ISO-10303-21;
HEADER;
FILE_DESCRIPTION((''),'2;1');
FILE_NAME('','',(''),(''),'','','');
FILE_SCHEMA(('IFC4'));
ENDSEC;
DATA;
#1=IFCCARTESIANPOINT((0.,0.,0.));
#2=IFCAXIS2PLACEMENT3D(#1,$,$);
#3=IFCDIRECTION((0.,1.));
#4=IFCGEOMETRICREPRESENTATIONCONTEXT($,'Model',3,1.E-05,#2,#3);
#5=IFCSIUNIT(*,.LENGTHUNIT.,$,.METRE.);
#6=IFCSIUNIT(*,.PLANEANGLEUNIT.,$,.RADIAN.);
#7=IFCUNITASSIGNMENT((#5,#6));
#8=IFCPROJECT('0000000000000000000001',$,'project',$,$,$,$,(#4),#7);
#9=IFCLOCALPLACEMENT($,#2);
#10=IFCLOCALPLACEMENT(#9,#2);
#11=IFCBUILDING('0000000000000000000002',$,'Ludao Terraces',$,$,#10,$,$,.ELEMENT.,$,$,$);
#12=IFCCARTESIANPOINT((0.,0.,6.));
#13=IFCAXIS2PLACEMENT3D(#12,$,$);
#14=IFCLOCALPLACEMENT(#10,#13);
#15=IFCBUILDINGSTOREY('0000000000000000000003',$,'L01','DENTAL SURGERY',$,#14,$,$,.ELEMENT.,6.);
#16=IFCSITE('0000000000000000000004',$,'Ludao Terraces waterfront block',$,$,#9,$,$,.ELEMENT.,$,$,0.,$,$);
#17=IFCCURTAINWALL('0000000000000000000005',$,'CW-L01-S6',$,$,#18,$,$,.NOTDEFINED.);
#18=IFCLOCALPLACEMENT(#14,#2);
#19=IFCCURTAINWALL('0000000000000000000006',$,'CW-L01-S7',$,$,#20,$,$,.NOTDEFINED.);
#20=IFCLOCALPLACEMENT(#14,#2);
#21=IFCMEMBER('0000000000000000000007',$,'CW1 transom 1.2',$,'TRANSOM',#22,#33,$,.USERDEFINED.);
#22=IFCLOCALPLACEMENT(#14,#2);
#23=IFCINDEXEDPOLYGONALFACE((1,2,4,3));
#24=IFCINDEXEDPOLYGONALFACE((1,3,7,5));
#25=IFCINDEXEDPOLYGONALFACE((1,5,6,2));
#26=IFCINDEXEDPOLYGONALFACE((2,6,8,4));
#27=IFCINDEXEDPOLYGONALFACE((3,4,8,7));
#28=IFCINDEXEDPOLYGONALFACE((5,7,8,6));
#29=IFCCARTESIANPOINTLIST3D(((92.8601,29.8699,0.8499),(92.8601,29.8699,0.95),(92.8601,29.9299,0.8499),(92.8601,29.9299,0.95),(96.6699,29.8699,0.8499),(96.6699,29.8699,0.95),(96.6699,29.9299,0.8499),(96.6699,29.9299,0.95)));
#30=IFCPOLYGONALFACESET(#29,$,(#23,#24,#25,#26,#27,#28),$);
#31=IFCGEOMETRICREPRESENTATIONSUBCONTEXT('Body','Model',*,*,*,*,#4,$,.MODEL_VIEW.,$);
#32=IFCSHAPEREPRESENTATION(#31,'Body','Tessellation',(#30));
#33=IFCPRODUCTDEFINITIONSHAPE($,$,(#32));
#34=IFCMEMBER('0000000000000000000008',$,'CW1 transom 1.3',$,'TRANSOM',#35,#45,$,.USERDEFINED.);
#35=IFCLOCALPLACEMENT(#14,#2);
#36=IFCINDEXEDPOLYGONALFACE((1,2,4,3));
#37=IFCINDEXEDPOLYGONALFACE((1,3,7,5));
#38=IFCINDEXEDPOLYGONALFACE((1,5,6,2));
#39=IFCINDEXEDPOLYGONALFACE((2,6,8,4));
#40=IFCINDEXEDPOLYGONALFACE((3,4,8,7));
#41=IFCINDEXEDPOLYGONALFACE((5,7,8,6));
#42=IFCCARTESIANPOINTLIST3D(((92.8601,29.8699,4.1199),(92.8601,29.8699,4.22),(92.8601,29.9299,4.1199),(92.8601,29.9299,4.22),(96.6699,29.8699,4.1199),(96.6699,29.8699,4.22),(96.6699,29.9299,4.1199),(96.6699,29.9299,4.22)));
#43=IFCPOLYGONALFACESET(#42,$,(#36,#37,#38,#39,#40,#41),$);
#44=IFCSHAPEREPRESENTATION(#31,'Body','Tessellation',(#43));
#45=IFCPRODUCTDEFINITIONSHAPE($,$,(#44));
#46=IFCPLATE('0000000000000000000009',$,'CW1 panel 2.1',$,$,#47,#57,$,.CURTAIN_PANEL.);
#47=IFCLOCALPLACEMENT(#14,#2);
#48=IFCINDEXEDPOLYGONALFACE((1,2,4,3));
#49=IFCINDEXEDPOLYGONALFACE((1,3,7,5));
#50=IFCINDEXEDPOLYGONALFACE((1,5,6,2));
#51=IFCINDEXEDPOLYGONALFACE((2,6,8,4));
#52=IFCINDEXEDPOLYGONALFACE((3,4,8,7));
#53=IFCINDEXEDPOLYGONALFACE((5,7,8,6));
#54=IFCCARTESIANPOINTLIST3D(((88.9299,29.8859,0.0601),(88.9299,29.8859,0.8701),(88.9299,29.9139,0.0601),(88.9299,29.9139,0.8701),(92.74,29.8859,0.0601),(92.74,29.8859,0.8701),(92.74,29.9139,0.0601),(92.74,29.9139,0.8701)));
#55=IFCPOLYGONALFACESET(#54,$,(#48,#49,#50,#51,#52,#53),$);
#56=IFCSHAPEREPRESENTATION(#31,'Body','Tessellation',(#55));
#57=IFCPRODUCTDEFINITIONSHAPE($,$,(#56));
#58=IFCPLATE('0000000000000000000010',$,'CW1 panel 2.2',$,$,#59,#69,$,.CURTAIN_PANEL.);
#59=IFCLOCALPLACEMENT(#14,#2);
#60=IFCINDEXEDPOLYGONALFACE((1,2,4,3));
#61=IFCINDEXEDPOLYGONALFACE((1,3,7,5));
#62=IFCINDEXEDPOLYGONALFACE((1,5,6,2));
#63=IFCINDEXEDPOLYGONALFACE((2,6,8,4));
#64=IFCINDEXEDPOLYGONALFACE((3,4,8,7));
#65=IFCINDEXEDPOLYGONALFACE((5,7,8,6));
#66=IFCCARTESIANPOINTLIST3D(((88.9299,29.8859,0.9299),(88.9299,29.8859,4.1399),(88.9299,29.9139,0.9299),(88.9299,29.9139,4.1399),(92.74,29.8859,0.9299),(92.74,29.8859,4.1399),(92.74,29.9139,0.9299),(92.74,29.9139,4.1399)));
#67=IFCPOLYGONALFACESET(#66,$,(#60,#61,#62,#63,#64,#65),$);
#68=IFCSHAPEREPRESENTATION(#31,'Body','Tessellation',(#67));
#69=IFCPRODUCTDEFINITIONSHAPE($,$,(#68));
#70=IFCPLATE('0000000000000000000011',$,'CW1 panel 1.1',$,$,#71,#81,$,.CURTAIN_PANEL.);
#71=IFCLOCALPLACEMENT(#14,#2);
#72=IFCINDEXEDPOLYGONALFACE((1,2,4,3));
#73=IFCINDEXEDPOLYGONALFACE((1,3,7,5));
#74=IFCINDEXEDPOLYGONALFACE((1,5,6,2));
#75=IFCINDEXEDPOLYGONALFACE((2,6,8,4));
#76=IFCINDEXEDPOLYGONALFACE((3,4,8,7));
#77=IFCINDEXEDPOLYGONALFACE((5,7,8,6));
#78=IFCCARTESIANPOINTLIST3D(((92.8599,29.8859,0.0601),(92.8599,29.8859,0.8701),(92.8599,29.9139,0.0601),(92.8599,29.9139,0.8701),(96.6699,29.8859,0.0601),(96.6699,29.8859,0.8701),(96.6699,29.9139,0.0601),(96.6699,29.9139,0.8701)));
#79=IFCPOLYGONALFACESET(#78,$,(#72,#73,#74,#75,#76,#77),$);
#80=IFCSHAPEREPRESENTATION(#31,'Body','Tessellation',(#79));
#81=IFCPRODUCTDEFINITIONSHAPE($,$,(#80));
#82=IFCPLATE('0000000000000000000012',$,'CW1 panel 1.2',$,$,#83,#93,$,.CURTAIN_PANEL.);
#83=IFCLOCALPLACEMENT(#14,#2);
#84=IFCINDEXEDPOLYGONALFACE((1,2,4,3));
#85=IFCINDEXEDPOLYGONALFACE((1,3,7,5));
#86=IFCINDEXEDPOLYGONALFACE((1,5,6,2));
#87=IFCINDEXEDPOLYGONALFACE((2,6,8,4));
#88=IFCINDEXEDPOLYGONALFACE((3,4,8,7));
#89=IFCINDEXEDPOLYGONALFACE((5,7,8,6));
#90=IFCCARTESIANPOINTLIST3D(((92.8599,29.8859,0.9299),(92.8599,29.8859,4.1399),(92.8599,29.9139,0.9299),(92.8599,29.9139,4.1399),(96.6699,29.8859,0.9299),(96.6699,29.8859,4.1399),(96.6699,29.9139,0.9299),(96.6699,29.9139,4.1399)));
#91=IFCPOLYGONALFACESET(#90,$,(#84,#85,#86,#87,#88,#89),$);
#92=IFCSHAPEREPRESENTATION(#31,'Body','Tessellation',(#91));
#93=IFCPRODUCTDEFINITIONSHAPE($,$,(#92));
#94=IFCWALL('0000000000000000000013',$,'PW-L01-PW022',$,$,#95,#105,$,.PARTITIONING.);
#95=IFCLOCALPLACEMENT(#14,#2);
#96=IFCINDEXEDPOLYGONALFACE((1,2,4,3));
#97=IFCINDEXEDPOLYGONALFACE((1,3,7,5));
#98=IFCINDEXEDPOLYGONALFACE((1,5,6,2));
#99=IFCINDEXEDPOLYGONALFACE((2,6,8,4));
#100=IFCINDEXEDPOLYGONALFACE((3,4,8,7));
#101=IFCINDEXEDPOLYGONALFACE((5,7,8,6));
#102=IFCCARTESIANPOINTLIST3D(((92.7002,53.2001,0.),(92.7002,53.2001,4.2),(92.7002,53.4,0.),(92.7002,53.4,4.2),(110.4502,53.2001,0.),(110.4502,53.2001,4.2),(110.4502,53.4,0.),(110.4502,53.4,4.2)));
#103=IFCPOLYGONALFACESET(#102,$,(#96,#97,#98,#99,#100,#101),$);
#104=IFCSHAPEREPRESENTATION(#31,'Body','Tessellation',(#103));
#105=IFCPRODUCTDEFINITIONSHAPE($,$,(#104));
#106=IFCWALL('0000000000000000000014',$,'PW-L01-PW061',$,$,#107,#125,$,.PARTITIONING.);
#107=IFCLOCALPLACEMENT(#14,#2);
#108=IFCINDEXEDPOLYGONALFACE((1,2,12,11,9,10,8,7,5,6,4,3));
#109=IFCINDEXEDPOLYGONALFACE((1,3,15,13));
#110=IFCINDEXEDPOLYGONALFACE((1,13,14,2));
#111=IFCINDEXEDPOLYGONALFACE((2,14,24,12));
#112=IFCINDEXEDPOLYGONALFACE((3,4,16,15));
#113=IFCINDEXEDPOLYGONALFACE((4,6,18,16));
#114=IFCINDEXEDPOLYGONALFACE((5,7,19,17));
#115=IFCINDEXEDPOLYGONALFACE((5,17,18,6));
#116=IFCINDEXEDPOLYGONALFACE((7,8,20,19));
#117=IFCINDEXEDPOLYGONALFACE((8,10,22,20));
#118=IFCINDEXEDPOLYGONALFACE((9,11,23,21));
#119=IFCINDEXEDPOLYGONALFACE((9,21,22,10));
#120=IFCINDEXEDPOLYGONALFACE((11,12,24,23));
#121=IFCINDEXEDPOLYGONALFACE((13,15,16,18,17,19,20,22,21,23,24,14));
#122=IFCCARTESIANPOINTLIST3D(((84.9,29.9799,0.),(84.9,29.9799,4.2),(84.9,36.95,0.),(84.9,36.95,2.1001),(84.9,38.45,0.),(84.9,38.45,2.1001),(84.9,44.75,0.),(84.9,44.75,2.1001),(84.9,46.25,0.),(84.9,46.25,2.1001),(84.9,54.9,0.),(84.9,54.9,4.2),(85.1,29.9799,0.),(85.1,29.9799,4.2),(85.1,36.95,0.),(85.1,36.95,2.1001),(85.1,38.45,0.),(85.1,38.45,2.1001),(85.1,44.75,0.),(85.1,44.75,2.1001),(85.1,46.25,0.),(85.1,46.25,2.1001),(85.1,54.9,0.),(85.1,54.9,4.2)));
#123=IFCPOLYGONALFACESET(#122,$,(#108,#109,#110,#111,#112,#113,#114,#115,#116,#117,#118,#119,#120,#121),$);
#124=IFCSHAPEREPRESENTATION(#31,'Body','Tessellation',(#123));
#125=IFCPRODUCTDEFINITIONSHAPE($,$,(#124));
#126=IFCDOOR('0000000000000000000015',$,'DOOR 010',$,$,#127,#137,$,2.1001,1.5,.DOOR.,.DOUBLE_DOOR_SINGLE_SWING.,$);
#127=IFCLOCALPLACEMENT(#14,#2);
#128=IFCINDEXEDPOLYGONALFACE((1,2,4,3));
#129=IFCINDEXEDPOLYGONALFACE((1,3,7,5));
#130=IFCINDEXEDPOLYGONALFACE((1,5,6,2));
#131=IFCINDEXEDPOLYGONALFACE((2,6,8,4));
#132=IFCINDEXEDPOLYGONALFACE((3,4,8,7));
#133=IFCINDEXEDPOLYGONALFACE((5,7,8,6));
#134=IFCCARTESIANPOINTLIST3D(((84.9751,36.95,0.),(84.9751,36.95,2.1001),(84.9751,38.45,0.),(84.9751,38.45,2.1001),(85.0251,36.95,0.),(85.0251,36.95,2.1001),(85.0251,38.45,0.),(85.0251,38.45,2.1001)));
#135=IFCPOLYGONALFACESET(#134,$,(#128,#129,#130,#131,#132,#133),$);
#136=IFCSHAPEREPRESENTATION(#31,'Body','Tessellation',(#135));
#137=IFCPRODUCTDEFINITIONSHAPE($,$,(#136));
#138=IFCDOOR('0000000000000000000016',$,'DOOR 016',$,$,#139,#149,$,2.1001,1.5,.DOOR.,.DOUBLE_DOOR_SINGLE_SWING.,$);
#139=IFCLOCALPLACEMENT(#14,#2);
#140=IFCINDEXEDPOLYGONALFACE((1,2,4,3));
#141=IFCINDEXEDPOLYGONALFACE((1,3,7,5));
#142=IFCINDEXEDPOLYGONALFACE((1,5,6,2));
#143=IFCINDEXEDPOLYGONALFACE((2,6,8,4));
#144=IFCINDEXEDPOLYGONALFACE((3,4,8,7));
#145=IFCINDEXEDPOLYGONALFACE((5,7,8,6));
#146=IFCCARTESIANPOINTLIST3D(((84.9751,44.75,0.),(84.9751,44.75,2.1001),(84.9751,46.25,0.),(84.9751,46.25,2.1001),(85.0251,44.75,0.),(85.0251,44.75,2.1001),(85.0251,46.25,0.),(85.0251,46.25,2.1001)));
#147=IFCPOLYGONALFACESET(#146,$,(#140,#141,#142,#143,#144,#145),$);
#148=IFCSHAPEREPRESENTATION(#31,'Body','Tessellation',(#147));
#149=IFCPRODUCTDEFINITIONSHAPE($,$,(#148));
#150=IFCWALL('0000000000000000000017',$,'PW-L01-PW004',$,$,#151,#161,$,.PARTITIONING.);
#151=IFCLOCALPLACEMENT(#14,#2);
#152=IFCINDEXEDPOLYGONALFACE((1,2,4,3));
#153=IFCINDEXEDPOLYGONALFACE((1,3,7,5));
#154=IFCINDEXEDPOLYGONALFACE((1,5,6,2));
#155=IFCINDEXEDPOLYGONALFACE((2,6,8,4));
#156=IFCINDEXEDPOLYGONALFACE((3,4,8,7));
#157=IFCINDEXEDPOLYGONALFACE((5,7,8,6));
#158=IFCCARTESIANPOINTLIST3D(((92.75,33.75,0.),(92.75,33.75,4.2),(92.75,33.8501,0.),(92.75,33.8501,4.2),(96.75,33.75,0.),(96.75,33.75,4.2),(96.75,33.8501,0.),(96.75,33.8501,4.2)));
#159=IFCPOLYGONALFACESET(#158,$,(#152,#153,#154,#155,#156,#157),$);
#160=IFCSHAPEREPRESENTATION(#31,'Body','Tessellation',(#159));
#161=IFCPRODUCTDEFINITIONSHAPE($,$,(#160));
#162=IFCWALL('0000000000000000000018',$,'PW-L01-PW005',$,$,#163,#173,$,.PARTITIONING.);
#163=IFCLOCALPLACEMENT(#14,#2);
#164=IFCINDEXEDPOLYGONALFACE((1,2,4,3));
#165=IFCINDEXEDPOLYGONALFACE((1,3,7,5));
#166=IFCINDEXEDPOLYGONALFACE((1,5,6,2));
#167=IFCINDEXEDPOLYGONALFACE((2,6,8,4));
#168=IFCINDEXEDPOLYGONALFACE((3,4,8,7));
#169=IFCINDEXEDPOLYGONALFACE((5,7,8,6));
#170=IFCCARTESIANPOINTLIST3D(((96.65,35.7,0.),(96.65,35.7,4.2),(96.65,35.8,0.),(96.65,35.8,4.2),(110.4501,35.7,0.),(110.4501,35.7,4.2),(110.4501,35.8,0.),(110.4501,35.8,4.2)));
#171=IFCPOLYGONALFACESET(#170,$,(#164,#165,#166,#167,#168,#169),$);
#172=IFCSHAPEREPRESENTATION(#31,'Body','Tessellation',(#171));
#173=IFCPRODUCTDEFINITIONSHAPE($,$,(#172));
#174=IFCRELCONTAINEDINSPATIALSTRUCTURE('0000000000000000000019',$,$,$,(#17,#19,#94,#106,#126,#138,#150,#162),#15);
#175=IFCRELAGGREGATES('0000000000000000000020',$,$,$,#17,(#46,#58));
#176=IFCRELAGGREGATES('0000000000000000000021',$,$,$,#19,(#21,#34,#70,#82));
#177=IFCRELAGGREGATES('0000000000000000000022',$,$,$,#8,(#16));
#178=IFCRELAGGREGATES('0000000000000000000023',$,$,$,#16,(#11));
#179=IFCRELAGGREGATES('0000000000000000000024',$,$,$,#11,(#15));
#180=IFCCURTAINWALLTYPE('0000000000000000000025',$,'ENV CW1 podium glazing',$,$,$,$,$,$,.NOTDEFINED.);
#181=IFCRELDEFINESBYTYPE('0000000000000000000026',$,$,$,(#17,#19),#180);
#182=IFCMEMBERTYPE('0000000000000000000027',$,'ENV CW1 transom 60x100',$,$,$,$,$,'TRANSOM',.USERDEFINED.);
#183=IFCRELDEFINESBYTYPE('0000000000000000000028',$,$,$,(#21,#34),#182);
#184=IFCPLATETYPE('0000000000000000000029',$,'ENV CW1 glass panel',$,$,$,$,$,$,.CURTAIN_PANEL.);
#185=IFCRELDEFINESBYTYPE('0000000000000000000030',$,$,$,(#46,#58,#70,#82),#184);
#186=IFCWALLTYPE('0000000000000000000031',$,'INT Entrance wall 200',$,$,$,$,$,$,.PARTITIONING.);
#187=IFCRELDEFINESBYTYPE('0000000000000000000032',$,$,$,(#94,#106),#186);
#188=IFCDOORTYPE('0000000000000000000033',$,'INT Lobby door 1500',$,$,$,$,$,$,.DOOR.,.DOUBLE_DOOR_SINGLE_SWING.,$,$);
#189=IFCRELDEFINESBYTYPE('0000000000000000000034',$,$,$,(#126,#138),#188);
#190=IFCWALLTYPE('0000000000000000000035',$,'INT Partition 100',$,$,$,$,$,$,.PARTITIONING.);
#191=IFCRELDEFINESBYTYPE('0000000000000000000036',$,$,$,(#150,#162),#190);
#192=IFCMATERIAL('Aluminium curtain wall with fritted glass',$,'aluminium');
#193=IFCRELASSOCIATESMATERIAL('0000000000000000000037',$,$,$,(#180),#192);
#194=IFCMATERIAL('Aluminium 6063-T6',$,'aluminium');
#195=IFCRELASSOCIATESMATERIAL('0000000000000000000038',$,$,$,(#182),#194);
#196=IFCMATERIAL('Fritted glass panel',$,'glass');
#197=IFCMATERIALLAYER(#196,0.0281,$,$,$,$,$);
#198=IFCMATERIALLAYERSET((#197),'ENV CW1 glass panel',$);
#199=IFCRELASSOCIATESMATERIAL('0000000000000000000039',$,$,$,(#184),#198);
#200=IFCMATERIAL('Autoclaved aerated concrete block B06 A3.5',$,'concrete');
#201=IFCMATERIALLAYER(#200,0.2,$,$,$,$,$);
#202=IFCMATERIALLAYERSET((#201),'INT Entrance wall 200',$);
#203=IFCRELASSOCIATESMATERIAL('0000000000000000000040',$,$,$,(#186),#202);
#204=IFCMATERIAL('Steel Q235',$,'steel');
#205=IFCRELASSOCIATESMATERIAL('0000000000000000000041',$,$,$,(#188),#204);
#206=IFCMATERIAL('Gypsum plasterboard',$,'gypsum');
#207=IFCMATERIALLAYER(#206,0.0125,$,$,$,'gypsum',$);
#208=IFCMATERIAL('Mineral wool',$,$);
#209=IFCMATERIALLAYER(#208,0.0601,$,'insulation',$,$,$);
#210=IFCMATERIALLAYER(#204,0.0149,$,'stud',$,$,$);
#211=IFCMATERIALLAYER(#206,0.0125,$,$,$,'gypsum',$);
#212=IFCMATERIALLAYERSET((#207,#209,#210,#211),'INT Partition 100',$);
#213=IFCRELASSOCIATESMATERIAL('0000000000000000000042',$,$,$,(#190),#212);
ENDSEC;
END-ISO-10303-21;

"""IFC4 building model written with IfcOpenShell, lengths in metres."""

from ifc_helpers import new_model, si_unit, direction, frame, frame_2d, origin, origin_2d, place, context, subcontext, project, spatial, rectangle, extrude, material, layer, layer_set, material_profile, profile_set, type_object, element, fill, aggregate, save


model = new_model("IFC4")

# Units and contexts
model_context = context("Model", 3, precision=1e-05, world=origin(), true_north=direction((0.0, 1.0)))
body_context = subcontext(model_context, "Body", "Model", "MODEL_VIEW")
ifc_project = project(units=[si_unit("LENGTHUNIT", "METRE"), si_unit("PLANEANGLEUNIT", "RADIAN")], contexts=[model_context])

# Site, building, storey
site_placement = place(None, origin())
site = spatial("IfcSite", under=ifc_project, at=site_placement, Name="Ludao Terraces waterfront block", CompositionType="ELEMENT", RefElevation=0.0)
building_placement = place(site_placement, origin())
building = spatial("IfcBuilding", under=site, at=building_placement, Name="Ludao Terraces", CompositionType="ELEMENT")
storey_placement = place(building_placement, frame((0.0, 0.0, 6.0)))
storey = spatial("IfcBuildingStorey", under=building, at=storey_placement, Name="L01", Description="DENTAL SURGERY", CompositionType="ELEMENT", Elevation=6.0)

# Curtain wall
ifc_material_1 = material(Name="Aluminium curtain wall with fritted glass", Category="aluminium")
curtain_wall_type = type_object("IfcCurtainWallType", Name="ENV CW1 podium glazing", PredefinedType="NOTDEFINED", material=ifc_material_1)
curtain_wall_1_placement = place(storey_placement, origin())
curtain_wall_1 = element("IfcCurtainWall", 1, at=curtain_wall_1_placement, inside=storey, type_object=curtain_wall_type, Name="CW-L01-S6", PredefinedType="NOTDEFINED")
ifc_material_2 = material(Name="Aluminium 6063-T6", Category="aluminium")

# Curtain wall, members
curtain_wall_2_placement = place(storey_placement, origin())
curtain_wall_2 = element("IfcCurtainWall", 2, at=curtain_wall_2_placement, inside=storey, type_object=curtain_wall_type, Name="CW-L01-S7", PredefinedType="NOTDEFINED")
ifc_material_profile_1 = material_profile(ifc_material_2, rectangle(XDim=0.0601, YDim=0.1001, at=origin_2d()), Name="60 X 100")
ifc_profile_set_1 = profile_set([ifc_material_profile_1], Name="Aluminium 6063-T6")
member_type_1 = type_object("IfcMemberType", Name="ENV CW1 transom 60x100", ElementType="TRANSOM", PredefinedType="USERDEFINED", material=ifc_profile_set_1)
member_1_placement = place(storey_placement, frame((92.8601, 29.8999, 0.8999), z_axis=(1.0, 0.0, 0.0), x_axis=(0.0, 1.0, 0.0)))
member_1 = element("IfcMember", 3, at=member_1_placement, type_object=member_type_1, Name="CW1 transom 1.2", ObjectType="TRANSOM", PredefinedType="USERDEFINED", context=body_context, shape_type="SweptSolid", body=[
    extrude(rectangle(XDim=0.0601, YDim=0.1001, at=origin_2d()), origin(), (0.0, 0.0, 1.0), 3.8098),
])
member_2_placement = place(storey_placement, frame((92.8601, 29.8999, 4.1699), z_axis=(1.0, 0.0, 0.0), x_axis=(0.0, 1.0, 0.0)))
member_2 = element("IfcMember", 4, at=member_2_placement, type_object=member_type_1, Name="CW1 transom 1.3", ObjectType="TRANSOM", PredefinedType="USERDEFINED", context=body_context, shape_type="SweptSolid", body=[
    extrude(rectangle(XDim=0.0601, YDim=0.1001, at=origin_2d()), origin(), (0.0, 0.0, 1.0), 3.8098),
])

# Plates
ifc_material_3 = material(Name="Fritted glass panel", Category="glass")
ifc_layer_1 = layer(ifc_material_3, 0.0281)
ifc_layer_set_1 = layer_set([ifc_layer_1], Name="ENV CW1 glass panel")
plate_type = type_object("IfcPlateType", Name="ENV CW1 glass panel", PredefinedType="CURTAIN_PANEL", material=ifc_layer_set_1)
plate_1_placement = place(storey_placement, frame((90.835, 29.8999, 0.0601), z_axis=(0.0, 0.0, 1.0), x_axis=(1.0, 0.0, 0.0)))
plate_1 = element("IfcPlate", 5, at=plate_1_placement, type_object=plate_type, Name="CW1 panel 2.1", PredefinedType="CURTAIN_PANEL", context=body_context, shape_type="SweptSolid", body=[
    extrude(rectangle(XDim=3.8101, YDim=0.0281, at=origin_2d()), origin(), (0.0, 0.0, 1.0), 0.8101),
])
plate_2_placement = place(storey_placement, frame((90.835, 29.8999, 0.9299), z_axis=(0.0, 0.0, 1.0), x_axis=(1.0, 0.0, 0.0)))
plate_2 = element("IfcPlate", 6, at=plate_2_placement, type_object=plate_type, Name="CW1 panel 2.2", PredefinedType="CURTAIN_PANEL", context=body_context, shape_type="SweptSolid", body=[
    extrude(rectangle(XDim=3.8101, YDim=0.0281, at=origin_2d()), origin(), (0.0, 0.0, 1.0), 3.21),
])
aggregate(curtain_wall_1, [plate_1, plate_2])
plate_3_placement = place(storey_placement, frame((94.7649, 29.8999, 0.0601), z_axis=(0.0, 0.0, 1.0), x_axis=(1.0, 0.0, 0.0)))
plate_3 = element("IfcPlate", 7, at=plate_3_placement, type_object=plate_type, Name="CW1 panel 1.1", PredefinedType="CURTAIN_PANEL", context=body_context, shape_type="SweptSolid", body=[
    extrude(rectangle(XDim=3.8101, YDim=0.0281, at=origin_2d()), origin(), (0.0, 0.0, 1.0), 0.8101),
])
plate_4_placement = place(storey_placement, frame((94.7649, 29.8999, 0.9299), z_axis=(0.0, 0.0, 1.0), x_axis=(1.0, 0.0, 0.0)))
plate_4 = element("IfcPlate", 8, at=plate_4_placement, type_object=plate_type, Name="CW1 panel 1.2", PredefinedType="CURTAIN_PANEL", context=body_context, shape_type="SweptSolid", body=[
    extrude(rectangle(XDim=3.8101, YDim=0.0281, at=origin_2d()), origin(), (0.0, 0.0, 1.0), 3.21),
])
aggregate(curtain_wall_2, [member_1, member_2, plate_3, plate_4])

# Wall
ifc_material_4 = material(Name="Autoclaved aerated concrete block B06 A3.5", Category="concrete")
ifc_layer_2 = layer(ifc_material_4, 0.2)
ifc_layer_set_2 = layer_set([ifc_layer_2], Name="INT Entrance wall 200")
wall_type_1 = type_object("IfcWallType", Name="INT Entrance wall 200", PredefinedType="PARTITIONING", material=ifc_layer_set_2)
wall_1_placement = place(storey_placement, frame((92.7002, 53.3, 0.0), z_axis=(0.0, 0.0, 1.0), x_axis=(1.0, 0.0, 0.0)))
element("IfcWall", 9, at=wall_1_placement, inside=storey, type_object=wall_type_1, Name="PW-L01-PW022", PredefinedType="PARTITIONING", context=body_context, shape_type="SweptSolid", body=[
    extrude(rectangle(XDim=17.75, YDim=0.2, at=frame_2d((8.875, 0.0))), origin(), (0.0, 0.0, 1.0), 4.2),
])

# Wall, openings, doors
wall_2_placement = place(storey_placement, frame((85.0, 29.98, 0.0), z_axis=(0.0, 0.0, 1.0), x_axis=(0.0, 1.0, 0.0)))
wall_2 = element("IfcWall", 10, at=wall_2_placement, inside=storey, type_object=wall_type_1, Name="PW-L01-PW061", PredefinedType="PARTITIONING", context=body_context, shape_type="SweptSolid", body=[
    extrude(rectangle(XDim=24.9202, YDim=0.2, at=frame_2d((12.46, 0.0))), origin(), (0.0, 0.0, 1.0), 4.2),
])
opening_1_placement = place(wall_2_placement, frame((6.97, 0.0, 0.0)))
opening_1 = element("IfcOpeningElement", 11, at=opening_1_placement, cuts=wall_2, PredefinedType="OPENING", context=body_context, shape_type="SweptSolid", body=[
    extrude(rectangle(XDim=1.5, YDim=2.1001, at=frame_2d((0.75, 1.05))), frame((0.0, 0.1099, 0.0), z_axis=(0.0, -1.0, 0.0), x_axis=(1.0, 0.0, 0.0)), (0.0, 0.0, 1.0), 0.22),
])
opening_2_placement = place(wall_2_placement, frame((14.77, 0.0, 0.0)))
opening_2 = element("IfcOpeningElement", 12, at=opening_2_placement, cuts=wall_2, PredefinedType="OPENING", context=body_context, shape_type="SweptSolid", body=[
    extrude(rectangle(XDim=1.5, YDim=2.1001, at=frame_2d((0.75, 1.05))), frame((0.0, 0.1099, 0.0), z_axis=(0.0, -1.0, 0.0), x_axis=(1.0, 0.0, 0.0)), (0.0, 0.0, 1.0), 0.22),
])
ifc_material_5 = material(Name="Steel Q235", Category="steel")
door_type_1 = type_object("IfcDoorType", Name="INT Lobby door 1500", OperationType="DOUBLE_DOOR_SINGLE_SWING", PredefinedType="DOOR", material=ifc_material_5)
door_1_placement = place(opening_1_placement, origin())
door_1 = element("IfcDoor", 13, at=door_1_placement, inside=storey, type_object=door_type_1, Name="DOOR 010", OperationType="DOUBLE_DOOR_SINGLE_SWING", OverallHeight=2.1001, OverallWidth=1.5, PredefinedType="DOOR", context=body_context, shape_type="SweptSolid", body=[
    extrude(rectangle(XDim=1.5, YDim=2.1001, at=frame_2d((0.75, 1.05))), frame((0.0, 0.0249, 0.0), z_axis=(0.0, -1.0, 0.0), x_axis=(1.0, 0.0, 0.0)), (0.0, 0.0, 1.0), 0.05),
])
fill(opening_1, door_1)
door_2_placement = place(opening_2_placement, origin())
door_2 = element("IfcDoor", 14, at=door_2_placement, inside=storey, type_object=door_type_1, Name="DOOR 016", OperationType="DOUBLE_DOOR_SINGLE_SWING", OverallHeight=2.1001, OverallWidth=1.5, PredefinedType="DOOR", context=body_context, shape_type="SweptSolid", body=[
    extrude(rectangle(XDim=1.5, YDim=2.1001, at=frame_2d((0.75, 1.05))), frame((0.0, 0.0249, 0.0), z_axis=(0.0, -1.0, 0.0), x_axis=(1.0, 0.0, 0.0)), (0.0, 0.0, 1.0), 0.05),
])
fill(opening_2, door_2)

# Walls
ifc_material_6 = material(Name="Gypsum plasterboard", Category="gypsum")
ifc_layer_3 = layer(ifc_material_6, 0.0125, Category="gypsum")
ifc_material_7 = material(Name="Mineral wool")
ifc_layer_4 = layer(ifc_material_7, 0.0601, Name="insulation")
ifc_layer_5 = layer(ifc_material_5, 0.0149, Name="stud")
ifc_layer_6 = layer(ifc_material_6, 0.0125, Category="gypsum")
ifc_layer_set_3 = layer_set([ifc_layer_3, ifc_layer_4, ifc_layer_5, ifc_layer_6], Name="INT Partition 100")
wall_type_2 = type_object("IfcWallType", Name="INT Partition 100", PredefinedType="PARTITIONING", material=ifc_layer_set_3)
wall_3_placement = place(storey_placement, frame((92.75, 33.8, 0.0), z_axis=(0.0, 0.0, 1.0), x_axis=(1.0, 0.0, 0.0)))
element("IfcWall", 15, at=wall_3_placement, inside=storey, type_object=wall_type_2, Name="PW-L01-PW004", PredefinedType="PARTITIONING", context=body_context, shape_type="SweptSolid", body=[
    extrude(rectangle(XDim=4.0, YDim=0.1001, at=frame_2d((2.0, 0.0))), origin(), (0.0, 0.0, 1.0), 4.2),
])
wall_4_placement = place(storey_placement, frame((96.6501, 35.75, 0.0), z_axis=(0.0, 0.0, 1.0), x_axis=(1.0, 0.0, 0.0)))
element("IfcWall", 16, at=wall_4_placement, inside=storey, type_object=wall_type_2, Name="PW-L01-PW005", PredefinedType="PARTITIONING", context=body_context, shape_type="SweptSolid", body=[
    extrude(rectangle(XDim=13.8, YDim=0.1001, at=frame_2d((6.8999, 0.0))), origin(), (0.0, 0.0, 1.0), 4.2),
])

save(model, "model.ifc")
